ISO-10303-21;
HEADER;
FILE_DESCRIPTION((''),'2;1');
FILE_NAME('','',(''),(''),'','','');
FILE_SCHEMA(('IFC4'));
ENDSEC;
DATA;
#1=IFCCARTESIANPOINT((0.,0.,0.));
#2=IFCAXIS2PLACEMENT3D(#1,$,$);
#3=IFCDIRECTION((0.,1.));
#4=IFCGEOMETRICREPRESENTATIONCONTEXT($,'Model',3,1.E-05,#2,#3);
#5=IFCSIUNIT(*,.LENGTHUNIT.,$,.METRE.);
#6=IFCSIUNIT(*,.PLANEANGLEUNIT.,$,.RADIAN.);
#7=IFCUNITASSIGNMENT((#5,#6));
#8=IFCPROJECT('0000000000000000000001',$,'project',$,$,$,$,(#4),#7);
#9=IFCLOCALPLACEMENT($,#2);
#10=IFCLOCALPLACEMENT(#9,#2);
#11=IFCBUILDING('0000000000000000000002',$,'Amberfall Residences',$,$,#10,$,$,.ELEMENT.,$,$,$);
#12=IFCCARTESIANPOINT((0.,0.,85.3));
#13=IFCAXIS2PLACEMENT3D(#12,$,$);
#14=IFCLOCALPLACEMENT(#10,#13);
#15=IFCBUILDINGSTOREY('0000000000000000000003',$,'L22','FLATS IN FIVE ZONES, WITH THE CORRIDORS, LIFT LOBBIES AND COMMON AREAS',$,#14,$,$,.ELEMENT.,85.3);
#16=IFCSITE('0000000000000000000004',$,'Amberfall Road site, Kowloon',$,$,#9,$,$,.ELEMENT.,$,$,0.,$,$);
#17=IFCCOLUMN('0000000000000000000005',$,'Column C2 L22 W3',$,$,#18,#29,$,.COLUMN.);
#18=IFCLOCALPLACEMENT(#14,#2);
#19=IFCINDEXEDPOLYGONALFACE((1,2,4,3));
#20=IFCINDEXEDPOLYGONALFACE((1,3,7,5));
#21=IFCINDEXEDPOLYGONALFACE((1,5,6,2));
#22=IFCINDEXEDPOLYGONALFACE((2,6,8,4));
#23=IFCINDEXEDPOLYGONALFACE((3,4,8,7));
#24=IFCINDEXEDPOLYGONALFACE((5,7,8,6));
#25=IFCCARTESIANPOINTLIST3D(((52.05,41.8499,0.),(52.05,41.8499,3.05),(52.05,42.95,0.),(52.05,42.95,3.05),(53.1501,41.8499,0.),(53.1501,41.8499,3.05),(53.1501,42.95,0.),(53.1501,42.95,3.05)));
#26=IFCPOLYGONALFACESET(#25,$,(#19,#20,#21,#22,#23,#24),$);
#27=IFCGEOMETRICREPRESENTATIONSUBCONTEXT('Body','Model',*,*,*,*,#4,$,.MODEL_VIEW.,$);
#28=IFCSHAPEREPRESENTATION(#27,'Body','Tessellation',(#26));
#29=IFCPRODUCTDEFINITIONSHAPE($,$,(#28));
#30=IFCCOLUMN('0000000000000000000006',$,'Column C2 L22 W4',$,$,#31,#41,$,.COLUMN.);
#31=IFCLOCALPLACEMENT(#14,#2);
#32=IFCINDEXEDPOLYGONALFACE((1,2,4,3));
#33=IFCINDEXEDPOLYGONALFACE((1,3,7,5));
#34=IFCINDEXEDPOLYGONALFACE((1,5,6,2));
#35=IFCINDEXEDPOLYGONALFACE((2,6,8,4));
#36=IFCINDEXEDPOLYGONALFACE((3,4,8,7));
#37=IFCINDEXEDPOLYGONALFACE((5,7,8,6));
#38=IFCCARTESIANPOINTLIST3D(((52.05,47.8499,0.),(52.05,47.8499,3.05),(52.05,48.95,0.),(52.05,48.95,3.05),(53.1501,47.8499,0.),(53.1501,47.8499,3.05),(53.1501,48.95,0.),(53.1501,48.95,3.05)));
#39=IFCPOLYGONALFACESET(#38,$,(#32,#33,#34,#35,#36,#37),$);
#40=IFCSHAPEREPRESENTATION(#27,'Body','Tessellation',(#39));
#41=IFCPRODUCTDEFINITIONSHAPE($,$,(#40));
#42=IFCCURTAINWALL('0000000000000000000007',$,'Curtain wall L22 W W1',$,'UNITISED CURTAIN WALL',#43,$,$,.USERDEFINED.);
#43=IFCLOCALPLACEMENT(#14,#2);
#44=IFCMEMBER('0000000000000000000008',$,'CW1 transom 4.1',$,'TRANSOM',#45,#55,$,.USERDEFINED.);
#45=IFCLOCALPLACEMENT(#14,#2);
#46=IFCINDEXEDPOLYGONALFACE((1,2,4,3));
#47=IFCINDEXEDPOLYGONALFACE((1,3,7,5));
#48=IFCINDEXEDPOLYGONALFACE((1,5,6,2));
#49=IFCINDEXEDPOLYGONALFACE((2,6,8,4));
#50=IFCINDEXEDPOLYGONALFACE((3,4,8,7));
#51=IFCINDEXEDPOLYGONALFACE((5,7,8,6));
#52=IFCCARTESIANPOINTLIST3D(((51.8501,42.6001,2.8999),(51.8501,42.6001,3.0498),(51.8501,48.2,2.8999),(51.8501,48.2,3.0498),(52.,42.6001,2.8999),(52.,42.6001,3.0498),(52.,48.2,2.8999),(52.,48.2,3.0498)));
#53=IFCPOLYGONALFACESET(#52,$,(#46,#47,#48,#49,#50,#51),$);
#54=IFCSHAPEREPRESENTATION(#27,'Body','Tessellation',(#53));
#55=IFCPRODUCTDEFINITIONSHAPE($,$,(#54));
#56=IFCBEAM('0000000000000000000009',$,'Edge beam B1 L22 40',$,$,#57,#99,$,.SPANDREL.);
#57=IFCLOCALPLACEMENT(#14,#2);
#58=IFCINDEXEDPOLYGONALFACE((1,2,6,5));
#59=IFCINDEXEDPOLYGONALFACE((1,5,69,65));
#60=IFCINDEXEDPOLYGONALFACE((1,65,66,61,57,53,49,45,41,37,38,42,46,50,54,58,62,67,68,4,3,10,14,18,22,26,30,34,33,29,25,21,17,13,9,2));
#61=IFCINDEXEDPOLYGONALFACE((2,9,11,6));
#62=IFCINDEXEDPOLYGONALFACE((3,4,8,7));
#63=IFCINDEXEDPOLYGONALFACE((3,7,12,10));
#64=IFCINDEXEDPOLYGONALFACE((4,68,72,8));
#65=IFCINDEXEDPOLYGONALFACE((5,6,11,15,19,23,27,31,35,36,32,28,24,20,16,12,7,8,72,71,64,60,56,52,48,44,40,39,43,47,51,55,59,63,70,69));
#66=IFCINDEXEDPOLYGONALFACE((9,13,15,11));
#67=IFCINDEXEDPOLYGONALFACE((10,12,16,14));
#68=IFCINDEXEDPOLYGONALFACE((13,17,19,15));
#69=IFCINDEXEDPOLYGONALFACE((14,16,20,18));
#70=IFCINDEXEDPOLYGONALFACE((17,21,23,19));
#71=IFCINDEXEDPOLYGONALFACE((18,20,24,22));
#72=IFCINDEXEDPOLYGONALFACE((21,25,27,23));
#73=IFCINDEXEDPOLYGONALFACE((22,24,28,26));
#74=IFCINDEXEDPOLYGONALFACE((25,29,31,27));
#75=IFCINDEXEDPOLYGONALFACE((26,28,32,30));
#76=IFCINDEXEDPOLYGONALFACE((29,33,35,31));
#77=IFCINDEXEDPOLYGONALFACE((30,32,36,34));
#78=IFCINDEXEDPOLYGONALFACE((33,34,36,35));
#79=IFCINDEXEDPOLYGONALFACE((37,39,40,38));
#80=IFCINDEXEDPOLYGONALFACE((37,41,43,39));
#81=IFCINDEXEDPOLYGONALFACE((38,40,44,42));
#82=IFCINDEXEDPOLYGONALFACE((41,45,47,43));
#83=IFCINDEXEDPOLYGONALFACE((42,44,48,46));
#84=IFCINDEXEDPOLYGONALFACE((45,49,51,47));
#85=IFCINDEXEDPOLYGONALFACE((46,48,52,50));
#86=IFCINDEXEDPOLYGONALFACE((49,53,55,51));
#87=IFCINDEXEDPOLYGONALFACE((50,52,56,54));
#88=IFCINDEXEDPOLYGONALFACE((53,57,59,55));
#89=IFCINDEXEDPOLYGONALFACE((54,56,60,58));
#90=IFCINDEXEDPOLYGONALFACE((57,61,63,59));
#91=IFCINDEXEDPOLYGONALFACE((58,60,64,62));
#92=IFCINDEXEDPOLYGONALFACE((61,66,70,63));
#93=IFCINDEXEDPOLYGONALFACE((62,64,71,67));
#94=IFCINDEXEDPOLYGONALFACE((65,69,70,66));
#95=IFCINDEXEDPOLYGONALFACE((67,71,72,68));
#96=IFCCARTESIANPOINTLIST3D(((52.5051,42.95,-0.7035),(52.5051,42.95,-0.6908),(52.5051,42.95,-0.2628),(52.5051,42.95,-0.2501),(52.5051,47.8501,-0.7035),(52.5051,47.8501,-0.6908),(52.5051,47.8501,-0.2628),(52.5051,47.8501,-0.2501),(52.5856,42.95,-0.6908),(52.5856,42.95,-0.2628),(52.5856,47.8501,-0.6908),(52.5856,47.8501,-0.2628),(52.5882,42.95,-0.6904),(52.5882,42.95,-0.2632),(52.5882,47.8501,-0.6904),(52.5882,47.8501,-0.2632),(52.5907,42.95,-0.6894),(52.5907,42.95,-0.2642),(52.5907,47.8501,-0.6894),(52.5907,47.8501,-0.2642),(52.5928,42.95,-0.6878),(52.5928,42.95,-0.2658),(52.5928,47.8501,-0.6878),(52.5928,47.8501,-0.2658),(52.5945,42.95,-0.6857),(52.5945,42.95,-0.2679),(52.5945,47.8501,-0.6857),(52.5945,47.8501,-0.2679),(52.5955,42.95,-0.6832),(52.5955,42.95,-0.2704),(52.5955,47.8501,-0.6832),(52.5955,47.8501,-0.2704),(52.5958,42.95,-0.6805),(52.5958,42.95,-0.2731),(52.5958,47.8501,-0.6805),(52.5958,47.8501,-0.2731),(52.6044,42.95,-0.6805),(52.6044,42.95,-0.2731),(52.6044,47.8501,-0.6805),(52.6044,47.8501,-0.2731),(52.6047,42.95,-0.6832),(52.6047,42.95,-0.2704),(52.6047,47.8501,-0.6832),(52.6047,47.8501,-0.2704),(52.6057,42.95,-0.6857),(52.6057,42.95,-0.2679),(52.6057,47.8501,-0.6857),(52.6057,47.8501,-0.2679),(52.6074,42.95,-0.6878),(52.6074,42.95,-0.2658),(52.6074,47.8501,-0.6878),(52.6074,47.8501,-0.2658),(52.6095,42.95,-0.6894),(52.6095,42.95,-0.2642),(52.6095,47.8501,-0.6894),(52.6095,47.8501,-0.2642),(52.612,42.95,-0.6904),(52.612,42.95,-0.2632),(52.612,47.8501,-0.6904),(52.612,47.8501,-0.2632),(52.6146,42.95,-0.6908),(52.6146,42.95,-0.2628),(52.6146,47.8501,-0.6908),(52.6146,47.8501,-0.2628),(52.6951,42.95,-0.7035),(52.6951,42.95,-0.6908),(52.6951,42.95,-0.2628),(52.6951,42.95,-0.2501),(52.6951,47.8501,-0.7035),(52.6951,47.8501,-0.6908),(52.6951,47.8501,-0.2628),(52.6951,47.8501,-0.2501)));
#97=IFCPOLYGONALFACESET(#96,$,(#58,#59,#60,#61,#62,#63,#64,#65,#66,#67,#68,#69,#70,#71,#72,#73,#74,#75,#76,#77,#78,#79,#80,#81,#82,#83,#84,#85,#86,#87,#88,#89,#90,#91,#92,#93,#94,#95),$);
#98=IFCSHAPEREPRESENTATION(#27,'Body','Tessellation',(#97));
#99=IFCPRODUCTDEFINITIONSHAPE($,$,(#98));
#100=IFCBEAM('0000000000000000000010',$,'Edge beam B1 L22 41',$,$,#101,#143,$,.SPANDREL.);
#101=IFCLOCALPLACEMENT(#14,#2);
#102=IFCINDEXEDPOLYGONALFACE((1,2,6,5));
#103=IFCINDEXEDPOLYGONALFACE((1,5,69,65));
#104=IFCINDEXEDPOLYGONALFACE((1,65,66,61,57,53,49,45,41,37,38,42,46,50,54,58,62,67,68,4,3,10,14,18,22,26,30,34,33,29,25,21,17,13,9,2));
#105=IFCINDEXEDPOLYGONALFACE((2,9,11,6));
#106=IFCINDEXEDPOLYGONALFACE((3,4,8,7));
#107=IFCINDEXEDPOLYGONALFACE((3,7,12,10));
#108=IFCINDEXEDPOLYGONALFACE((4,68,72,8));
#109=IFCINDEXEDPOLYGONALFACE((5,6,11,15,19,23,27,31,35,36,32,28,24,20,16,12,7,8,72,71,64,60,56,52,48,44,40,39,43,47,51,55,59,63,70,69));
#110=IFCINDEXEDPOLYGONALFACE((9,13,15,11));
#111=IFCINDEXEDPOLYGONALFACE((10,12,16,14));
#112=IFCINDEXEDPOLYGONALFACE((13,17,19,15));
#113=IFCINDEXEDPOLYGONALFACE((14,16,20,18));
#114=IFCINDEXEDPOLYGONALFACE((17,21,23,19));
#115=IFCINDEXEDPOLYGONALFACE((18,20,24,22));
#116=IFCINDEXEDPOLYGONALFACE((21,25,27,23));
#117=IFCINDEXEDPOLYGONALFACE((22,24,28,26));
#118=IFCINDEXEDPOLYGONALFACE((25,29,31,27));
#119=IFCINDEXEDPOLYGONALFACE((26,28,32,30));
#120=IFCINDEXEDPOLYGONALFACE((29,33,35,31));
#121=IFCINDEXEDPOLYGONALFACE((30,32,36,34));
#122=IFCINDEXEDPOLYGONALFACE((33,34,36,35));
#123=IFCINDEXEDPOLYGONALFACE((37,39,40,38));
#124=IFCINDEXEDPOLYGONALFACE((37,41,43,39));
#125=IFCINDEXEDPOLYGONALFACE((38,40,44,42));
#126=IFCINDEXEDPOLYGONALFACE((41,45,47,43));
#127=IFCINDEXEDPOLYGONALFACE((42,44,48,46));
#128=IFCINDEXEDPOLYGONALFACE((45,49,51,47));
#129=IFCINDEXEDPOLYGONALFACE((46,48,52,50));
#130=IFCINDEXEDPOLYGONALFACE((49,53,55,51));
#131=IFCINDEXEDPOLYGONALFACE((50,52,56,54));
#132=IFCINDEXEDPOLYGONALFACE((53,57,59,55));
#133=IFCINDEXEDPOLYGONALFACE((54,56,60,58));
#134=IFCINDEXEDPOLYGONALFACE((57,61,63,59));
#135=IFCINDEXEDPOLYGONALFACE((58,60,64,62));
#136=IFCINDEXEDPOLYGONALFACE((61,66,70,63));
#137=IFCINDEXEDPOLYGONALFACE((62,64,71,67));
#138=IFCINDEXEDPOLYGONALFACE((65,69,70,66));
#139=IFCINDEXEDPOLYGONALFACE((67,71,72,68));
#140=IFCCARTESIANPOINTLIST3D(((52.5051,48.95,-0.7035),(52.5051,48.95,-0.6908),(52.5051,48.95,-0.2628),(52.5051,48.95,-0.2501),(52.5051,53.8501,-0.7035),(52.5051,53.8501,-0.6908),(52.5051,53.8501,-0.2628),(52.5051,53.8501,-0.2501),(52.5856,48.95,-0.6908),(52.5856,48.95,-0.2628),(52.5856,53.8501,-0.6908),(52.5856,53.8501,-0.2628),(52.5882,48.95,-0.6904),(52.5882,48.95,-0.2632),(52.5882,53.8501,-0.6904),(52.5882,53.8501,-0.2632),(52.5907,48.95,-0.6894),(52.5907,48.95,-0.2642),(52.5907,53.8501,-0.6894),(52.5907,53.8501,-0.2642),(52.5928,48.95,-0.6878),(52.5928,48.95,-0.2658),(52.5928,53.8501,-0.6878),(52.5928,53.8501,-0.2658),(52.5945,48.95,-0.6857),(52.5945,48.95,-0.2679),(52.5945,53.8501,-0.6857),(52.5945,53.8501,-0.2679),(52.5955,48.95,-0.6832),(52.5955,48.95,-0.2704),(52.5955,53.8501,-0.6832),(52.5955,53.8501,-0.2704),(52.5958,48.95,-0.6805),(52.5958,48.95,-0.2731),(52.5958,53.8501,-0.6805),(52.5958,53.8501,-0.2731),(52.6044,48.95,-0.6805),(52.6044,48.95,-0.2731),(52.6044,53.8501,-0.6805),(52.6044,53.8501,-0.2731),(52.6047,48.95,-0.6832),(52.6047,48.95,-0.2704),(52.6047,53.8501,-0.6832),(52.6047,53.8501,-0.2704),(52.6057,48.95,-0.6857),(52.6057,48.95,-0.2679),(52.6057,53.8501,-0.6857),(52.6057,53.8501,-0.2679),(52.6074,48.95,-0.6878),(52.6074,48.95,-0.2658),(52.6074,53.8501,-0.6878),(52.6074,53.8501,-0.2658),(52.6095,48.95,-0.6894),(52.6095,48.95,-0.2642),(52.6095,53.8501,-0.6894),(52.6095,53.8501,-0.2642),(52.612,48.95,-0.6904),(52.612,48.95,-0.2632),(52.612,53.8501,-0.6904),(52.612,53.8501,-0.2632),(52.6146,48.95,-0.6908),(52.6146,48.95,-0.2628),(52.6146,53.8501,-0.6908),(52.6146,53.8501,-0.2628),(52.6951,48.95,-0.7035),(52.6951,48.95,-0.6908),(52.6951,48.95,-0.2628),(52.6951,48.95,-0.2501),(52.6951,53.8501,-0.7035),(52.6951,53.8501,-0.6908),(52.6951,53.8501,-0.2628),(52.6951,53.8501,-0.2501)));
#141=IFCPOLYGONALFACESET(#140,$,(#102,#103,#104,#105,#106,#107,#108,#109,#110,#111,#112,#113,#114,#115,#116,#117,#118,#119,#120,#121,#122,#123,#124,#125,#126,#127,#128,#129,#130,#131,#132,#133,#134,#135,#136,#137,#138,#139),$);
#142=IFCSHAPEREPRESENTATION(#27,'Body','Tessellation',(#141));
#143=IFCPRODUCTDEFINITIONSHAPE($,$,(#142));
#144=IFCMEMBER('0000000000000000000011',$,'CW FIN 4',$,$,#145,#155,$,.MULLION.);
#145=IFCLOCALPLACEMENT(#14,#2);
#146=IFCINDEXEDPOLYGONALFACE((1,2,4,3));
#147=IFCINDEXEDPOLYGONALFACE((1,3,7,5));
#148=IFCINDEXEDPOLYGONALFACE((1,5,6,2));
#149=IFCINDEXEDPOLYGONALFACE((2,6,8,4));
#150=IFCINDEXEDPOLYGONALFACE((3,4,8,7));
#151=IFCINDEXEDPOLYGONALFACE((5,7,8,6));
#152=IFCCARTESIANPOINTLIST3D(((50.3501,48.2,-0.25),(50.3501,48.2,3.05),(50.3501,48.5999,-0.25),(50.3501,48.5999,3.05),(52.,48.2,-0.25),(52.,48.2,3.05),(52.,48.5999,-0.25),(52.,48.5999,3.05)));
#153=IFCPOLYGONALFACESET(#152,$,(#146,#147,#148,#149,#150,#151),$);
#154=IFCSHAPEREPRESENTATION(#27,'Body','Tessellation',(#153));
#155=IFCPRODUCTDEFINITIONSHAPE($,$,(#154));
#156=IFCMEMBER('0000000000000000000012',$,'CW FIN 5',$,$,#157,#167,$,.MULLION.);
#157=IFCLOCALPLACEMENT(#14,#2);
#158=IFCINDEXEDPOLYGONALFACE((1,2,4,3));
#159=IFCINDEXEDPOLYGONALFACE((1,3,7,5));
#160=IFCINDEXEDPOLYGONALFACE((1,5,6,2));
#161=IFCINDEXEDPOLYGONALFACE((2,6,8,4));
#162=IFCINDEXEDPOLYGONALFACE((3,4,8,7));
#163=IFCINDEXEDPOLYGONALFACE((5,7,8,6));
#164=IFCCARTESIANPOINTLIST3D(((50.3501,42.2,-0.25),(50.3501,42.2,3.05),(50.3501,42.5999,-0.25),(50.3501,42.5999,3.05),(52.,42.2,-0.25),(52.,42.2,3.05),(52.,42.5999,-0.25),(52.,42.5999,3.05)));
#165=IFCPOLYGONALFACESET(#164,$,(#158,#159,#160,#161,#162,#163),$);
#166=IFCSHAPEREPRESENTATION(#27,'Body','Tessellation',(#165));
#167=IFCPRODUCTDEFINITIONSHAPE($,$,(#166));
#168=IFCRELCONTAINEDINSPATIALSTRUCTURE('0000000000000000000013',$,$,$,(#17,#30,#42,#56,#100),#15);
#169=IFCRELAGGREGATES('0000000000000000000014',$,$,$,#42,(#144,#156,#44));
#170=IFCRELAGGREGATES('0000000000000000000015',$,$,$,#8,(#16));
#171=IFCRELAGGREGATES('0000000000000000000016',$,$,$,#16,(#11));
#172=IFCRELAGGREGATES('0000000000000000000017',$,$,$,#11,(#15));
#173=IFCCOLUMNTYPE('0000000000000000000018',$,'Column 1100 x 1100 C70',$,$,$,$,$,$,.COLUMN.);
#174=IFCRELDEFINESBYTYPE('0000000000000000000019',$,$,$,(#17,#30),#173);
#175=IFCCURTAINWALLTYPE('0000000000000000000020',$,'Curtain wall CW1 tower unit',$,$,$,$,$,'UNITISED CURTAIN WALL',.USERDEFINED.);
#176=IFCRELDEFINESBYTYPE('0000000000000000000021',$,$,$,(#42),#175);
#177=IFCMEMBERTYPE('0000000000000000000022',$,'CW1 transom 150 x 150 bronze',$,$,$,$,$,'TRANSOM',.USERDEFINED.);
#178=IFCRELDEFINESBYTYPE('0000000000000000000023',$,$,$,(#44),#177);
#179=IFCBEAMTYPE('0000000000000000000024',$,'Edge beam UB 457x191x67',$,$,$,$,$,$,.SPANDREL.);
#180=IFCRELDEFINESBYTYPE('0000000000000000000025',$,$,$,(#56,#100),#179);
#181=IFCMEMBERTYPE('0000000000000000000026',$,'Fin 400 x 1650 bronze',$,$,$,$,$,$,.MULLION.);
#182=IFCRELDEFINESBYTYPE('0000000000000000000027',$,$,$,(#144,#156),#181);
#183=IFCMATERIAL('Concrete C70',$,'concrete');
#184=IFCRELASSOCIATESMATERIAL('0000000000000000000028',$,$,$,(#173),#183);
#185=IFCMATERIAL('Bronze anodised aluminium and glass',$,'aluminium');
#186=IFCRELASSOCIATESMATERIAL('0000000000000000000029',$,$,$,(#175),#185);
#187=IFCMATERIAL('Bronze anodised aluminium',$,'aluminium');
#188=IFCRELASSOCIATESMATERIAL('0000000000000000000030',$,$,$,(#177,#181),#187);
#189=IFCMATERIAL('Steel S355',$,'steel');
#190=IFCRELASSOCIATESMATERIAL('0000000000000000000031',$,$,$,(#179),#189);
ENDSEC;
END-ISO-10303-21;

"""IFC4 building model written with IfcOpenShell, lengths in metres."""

from ifc_helpers import new_model, si_unit, direction, frame, origin, origin_2d, place, context, subcontext, project, spatial, rectangle, i_section, extrude, material, material_profile, profile_set, type_object, element, aggregate, save


model = new_model("IFC4")

# Units and contexts
model_context = context("Model", 3, precision=1e-05, world=origin(), true_north=direction((0.0, 1.0)))
body_context = subcontext(model_context, "Body", "Model", "MODEL_VIEW")
ifc_project = project(units=[si_unit("LENGTHUNIT", "METRE"), si_unit("PLANEANGLEUNIT", "RADIAN")], contexts=[model_context])

# Site, building, storey
site_placement = place(None, origin())
site = spatial("IfcSite", under=ifc_project, at=site_placement, Name="Amberfall Road site, Kowloon", CompositionType="ELEMENT", RefElevation=0.0)
building_placement = place(site_placement, origin())
building = spatial("IfcBuilding", under=site, at=building_placement, Name="Amberfall Residences", CompositionType="ELEMENT")
storey_placement = place(building_placement, frame((0.0, 0.0, 85.3)))
storey = spatial("IfcBuildingStorey", under=building, at=storey_placement, Name="L22", Description="FLATS IN FIVE ZONES, WITH THE CORRIDORS, LIFT LOBBIES AND COMMON AREAS", CompositionType="ELEMENT", Elevation=85.3)

# Columns
ifc_material_1 = material(Name="Concrete C70", Category="concrete")
ifc_material_profile_1 = material_profile(ifc_material_1, rectangle(XDim=1.1001, YDim=1.1001, at=origin_2d()), Name="Column 1100 x 1100 C70")
ifc_profile_set_1 = profile_set([ifc_material_profile_1], Name="Concrete C70")
column_type = type_object("IfcColumnType", Name="Column 1100 x 1100 C70", PredefinedType="COLUMN", material=ifc_profile_set_1)
for number, where, z_axis, x_axis, name in (
    (1, (52.6001, 42.3999, 0.0), (0.0, 0.0, 1.0), (1.0, 0.0, 0.0), "Column C2 L22 W3"),
    (2, (52.6001, 48.3999, 0.0), (0.0, 0.0, 1.0), (1.0, 0.0, 0.0), "Column C2 L22 W4"),
):
    element("IfcColumn", number, at=place(storey_placement, frame(where, z_axis=z_axis, x_axis=x_axis)), inside=storey, type_object=column_type, Name=name, PredefinedType="COLUMN", context=body_context, shape_type="SweptSolid", body=[
        extrude(rectangle(XDim=1.1001, YDim=1.1001, at=origin_2d()), origin(), (0.0, 0.0, 1.0), 3.05),
    ])

# Curtain wall, member
ifc_material_2 = material(Name="Bronze anodised aluminium and glass", Category="aluminium")
curtain_wall_type = type_object("IfcCurtainWallType", Name="Curtain wall CW1 tower unit", ElementType="UNITISED CURTAIN WALL", PredefinedType="USERDEFINED", material=ifc_material_2)
curtain_wall_placement = place(storey_placement, origin())
curtain_wall = element("IfcCurtainWall", 3, at=curtain_wall_placement, inside=storey, type_object=curtain_wall_type, Name="Curtain wall L22 W W1", ObjectType="UNITISED CURTAIN WALL", PredefinedType="USERDEFINED")
ifc_material_3 = material(Name="Bronze anodised aluminium", Category="aluminium")
ifc_material_profile_2 = material_profile(ifc_material_3, rectangle(XDim=0.1499, YDim=0.1499, at=origin_2d()), Name="CW1 transom 150 x 150 bronze")
ifc_profile_set_2 = profile_set([ifc_material_profile_2], Name="Bronze anodised aluminium")
member_type_1 = type_object("IfcMemberType", Name="CW1 transom 150 x 150 bronze", ElementType="TRANSOM", PredefinedType="USERDEFINED", material=ifc_profile_set_2)
member_1_placement = place(storey_placement, frame((51.925, 48.2, 2.9749), z_axis=(0.0, -1.0, 0.0), x_axis=(1.0, 0.0, 0.0)))
member_1 = element("IfcMember", 4, at=member_1_placement, type_object=member_type_1, Name="CW1 transom 4.1", ObjectType="TRANSOM", PredefinedType="USERDEFINED", context=body_context, shape_type="SweptSolid", body=[
    extrude(rectangle(XDim=0.1499, YDim=0.1499, at=origin_2d()), origin(), (0.0, 0.0, 1.0), 5.5999),
])

# Beams
ifc_material_4 = material(Name="Steel S355", Category="steel")
ifc_material_profile_3 = material_profile(ifc_material_4, i_section(OverallWidth=0.1899, OverallDepth=0.4534, WebThickness=0.0085, FlangeThickness=0.0127, FilletRadius=0.0103, at=origin_2d()), Name="UB 457x191x67")
ifc_profile_set_3 = profile_set([ifc_material_profile_3], Name="Steel S355")
beam_type_1 = type_object("IfcBeamType", Name="Edge beam UB 457x191x67", PredefinedType="SPANDREL", material=ifc_profile_set_3)
for number, where, z_axis, x_axis, name in (
    (5, (52.6001, 42.95, -0.4768), (0.0, 1.0, 0.0), (-1.0, 0.0, 0.0), "Edge beam B1 L22 40"),
    (6, (52.6001, 48.95, -0.4768), (0.0, 1.0, 0.0), (-1.0, 0.0, 0.0), "Edge beam B1 L22 41"),
):
    element("IfcBeam", number, at=place(storey_placement, frame(where, z_axis=z_axis, x_axis=x_axis)), inside=storey, type_object=beam_type_1, Name=name, PredefinedType="SPANDREL", context=body_context, shape_type="SweptSolid", body=[
        extrude(i_section(OverallWidth=0.1899, OverallDepth=0.4534, WebThickness=0.0085, FlangeThickness=0.0127, FilletRadius=0.0103, at=origin_2d()), origin(), (0.0, 0.0, 1.0), 4.9001),
    ])

# Members
ifc_material_profile_4 = material_profile(ifc_material_3, rectangle(XDim=1.6499, YDim=0.3999, at=origin_2d()), Name="Fin 400 x 1650 bronze")
ifc_profile_set_4 = profile_set([ifc_material_profile_4], Name="Bronze anodised aluminium")
member_type_2 = type_object("IfcMemberType", Name="Fin 400 x 1650 bronze", PredefinedType="MULLION", material=ifc_profile_set_4)
member_2_placement = place(storey_placement, frame((51.175, 48.3999, -0.25), z_axis=(0.0, 0.0, 1.0), x_axis=(1.0, 0.0, 0.0)))
member_2 = element("IfcMember", 7, at=member_2_placement, type_object=member_type_2, Name="CW FIN 4", PredefinedType="MULLION", context=body_context, shape_type="SweptSolid", body=[
    extrude(rectangle(XDim=1.6499, YDim=0.3999, at=origin_2d()), origin(), (0.0, 0.0, 1.0), 3.3),
])
member_3_placement = place(storey_placement, frame((51.175, 42.3999, -0.25), z_axis=(0.0, 0.0, 1.0), x_axis=(1.0, 0.0, 0.0)))
member_3 = element("IfcMember", 8, at=member_3_placement, type_object=member_type_2, Name="CW FIN 5", PredefinedType="MULLION", context=body_context, shape_type="SweptSolid", body=[
    extrude(rectangle(XDim=1.6499, YDim=0.3999, at=origin_2d()), origin(), (0.0, 0.0, 1.0), 3.3),
])

aggregate(curtain_wall, [member_2, member_3, member_1])

save(model, "model.ifc")
